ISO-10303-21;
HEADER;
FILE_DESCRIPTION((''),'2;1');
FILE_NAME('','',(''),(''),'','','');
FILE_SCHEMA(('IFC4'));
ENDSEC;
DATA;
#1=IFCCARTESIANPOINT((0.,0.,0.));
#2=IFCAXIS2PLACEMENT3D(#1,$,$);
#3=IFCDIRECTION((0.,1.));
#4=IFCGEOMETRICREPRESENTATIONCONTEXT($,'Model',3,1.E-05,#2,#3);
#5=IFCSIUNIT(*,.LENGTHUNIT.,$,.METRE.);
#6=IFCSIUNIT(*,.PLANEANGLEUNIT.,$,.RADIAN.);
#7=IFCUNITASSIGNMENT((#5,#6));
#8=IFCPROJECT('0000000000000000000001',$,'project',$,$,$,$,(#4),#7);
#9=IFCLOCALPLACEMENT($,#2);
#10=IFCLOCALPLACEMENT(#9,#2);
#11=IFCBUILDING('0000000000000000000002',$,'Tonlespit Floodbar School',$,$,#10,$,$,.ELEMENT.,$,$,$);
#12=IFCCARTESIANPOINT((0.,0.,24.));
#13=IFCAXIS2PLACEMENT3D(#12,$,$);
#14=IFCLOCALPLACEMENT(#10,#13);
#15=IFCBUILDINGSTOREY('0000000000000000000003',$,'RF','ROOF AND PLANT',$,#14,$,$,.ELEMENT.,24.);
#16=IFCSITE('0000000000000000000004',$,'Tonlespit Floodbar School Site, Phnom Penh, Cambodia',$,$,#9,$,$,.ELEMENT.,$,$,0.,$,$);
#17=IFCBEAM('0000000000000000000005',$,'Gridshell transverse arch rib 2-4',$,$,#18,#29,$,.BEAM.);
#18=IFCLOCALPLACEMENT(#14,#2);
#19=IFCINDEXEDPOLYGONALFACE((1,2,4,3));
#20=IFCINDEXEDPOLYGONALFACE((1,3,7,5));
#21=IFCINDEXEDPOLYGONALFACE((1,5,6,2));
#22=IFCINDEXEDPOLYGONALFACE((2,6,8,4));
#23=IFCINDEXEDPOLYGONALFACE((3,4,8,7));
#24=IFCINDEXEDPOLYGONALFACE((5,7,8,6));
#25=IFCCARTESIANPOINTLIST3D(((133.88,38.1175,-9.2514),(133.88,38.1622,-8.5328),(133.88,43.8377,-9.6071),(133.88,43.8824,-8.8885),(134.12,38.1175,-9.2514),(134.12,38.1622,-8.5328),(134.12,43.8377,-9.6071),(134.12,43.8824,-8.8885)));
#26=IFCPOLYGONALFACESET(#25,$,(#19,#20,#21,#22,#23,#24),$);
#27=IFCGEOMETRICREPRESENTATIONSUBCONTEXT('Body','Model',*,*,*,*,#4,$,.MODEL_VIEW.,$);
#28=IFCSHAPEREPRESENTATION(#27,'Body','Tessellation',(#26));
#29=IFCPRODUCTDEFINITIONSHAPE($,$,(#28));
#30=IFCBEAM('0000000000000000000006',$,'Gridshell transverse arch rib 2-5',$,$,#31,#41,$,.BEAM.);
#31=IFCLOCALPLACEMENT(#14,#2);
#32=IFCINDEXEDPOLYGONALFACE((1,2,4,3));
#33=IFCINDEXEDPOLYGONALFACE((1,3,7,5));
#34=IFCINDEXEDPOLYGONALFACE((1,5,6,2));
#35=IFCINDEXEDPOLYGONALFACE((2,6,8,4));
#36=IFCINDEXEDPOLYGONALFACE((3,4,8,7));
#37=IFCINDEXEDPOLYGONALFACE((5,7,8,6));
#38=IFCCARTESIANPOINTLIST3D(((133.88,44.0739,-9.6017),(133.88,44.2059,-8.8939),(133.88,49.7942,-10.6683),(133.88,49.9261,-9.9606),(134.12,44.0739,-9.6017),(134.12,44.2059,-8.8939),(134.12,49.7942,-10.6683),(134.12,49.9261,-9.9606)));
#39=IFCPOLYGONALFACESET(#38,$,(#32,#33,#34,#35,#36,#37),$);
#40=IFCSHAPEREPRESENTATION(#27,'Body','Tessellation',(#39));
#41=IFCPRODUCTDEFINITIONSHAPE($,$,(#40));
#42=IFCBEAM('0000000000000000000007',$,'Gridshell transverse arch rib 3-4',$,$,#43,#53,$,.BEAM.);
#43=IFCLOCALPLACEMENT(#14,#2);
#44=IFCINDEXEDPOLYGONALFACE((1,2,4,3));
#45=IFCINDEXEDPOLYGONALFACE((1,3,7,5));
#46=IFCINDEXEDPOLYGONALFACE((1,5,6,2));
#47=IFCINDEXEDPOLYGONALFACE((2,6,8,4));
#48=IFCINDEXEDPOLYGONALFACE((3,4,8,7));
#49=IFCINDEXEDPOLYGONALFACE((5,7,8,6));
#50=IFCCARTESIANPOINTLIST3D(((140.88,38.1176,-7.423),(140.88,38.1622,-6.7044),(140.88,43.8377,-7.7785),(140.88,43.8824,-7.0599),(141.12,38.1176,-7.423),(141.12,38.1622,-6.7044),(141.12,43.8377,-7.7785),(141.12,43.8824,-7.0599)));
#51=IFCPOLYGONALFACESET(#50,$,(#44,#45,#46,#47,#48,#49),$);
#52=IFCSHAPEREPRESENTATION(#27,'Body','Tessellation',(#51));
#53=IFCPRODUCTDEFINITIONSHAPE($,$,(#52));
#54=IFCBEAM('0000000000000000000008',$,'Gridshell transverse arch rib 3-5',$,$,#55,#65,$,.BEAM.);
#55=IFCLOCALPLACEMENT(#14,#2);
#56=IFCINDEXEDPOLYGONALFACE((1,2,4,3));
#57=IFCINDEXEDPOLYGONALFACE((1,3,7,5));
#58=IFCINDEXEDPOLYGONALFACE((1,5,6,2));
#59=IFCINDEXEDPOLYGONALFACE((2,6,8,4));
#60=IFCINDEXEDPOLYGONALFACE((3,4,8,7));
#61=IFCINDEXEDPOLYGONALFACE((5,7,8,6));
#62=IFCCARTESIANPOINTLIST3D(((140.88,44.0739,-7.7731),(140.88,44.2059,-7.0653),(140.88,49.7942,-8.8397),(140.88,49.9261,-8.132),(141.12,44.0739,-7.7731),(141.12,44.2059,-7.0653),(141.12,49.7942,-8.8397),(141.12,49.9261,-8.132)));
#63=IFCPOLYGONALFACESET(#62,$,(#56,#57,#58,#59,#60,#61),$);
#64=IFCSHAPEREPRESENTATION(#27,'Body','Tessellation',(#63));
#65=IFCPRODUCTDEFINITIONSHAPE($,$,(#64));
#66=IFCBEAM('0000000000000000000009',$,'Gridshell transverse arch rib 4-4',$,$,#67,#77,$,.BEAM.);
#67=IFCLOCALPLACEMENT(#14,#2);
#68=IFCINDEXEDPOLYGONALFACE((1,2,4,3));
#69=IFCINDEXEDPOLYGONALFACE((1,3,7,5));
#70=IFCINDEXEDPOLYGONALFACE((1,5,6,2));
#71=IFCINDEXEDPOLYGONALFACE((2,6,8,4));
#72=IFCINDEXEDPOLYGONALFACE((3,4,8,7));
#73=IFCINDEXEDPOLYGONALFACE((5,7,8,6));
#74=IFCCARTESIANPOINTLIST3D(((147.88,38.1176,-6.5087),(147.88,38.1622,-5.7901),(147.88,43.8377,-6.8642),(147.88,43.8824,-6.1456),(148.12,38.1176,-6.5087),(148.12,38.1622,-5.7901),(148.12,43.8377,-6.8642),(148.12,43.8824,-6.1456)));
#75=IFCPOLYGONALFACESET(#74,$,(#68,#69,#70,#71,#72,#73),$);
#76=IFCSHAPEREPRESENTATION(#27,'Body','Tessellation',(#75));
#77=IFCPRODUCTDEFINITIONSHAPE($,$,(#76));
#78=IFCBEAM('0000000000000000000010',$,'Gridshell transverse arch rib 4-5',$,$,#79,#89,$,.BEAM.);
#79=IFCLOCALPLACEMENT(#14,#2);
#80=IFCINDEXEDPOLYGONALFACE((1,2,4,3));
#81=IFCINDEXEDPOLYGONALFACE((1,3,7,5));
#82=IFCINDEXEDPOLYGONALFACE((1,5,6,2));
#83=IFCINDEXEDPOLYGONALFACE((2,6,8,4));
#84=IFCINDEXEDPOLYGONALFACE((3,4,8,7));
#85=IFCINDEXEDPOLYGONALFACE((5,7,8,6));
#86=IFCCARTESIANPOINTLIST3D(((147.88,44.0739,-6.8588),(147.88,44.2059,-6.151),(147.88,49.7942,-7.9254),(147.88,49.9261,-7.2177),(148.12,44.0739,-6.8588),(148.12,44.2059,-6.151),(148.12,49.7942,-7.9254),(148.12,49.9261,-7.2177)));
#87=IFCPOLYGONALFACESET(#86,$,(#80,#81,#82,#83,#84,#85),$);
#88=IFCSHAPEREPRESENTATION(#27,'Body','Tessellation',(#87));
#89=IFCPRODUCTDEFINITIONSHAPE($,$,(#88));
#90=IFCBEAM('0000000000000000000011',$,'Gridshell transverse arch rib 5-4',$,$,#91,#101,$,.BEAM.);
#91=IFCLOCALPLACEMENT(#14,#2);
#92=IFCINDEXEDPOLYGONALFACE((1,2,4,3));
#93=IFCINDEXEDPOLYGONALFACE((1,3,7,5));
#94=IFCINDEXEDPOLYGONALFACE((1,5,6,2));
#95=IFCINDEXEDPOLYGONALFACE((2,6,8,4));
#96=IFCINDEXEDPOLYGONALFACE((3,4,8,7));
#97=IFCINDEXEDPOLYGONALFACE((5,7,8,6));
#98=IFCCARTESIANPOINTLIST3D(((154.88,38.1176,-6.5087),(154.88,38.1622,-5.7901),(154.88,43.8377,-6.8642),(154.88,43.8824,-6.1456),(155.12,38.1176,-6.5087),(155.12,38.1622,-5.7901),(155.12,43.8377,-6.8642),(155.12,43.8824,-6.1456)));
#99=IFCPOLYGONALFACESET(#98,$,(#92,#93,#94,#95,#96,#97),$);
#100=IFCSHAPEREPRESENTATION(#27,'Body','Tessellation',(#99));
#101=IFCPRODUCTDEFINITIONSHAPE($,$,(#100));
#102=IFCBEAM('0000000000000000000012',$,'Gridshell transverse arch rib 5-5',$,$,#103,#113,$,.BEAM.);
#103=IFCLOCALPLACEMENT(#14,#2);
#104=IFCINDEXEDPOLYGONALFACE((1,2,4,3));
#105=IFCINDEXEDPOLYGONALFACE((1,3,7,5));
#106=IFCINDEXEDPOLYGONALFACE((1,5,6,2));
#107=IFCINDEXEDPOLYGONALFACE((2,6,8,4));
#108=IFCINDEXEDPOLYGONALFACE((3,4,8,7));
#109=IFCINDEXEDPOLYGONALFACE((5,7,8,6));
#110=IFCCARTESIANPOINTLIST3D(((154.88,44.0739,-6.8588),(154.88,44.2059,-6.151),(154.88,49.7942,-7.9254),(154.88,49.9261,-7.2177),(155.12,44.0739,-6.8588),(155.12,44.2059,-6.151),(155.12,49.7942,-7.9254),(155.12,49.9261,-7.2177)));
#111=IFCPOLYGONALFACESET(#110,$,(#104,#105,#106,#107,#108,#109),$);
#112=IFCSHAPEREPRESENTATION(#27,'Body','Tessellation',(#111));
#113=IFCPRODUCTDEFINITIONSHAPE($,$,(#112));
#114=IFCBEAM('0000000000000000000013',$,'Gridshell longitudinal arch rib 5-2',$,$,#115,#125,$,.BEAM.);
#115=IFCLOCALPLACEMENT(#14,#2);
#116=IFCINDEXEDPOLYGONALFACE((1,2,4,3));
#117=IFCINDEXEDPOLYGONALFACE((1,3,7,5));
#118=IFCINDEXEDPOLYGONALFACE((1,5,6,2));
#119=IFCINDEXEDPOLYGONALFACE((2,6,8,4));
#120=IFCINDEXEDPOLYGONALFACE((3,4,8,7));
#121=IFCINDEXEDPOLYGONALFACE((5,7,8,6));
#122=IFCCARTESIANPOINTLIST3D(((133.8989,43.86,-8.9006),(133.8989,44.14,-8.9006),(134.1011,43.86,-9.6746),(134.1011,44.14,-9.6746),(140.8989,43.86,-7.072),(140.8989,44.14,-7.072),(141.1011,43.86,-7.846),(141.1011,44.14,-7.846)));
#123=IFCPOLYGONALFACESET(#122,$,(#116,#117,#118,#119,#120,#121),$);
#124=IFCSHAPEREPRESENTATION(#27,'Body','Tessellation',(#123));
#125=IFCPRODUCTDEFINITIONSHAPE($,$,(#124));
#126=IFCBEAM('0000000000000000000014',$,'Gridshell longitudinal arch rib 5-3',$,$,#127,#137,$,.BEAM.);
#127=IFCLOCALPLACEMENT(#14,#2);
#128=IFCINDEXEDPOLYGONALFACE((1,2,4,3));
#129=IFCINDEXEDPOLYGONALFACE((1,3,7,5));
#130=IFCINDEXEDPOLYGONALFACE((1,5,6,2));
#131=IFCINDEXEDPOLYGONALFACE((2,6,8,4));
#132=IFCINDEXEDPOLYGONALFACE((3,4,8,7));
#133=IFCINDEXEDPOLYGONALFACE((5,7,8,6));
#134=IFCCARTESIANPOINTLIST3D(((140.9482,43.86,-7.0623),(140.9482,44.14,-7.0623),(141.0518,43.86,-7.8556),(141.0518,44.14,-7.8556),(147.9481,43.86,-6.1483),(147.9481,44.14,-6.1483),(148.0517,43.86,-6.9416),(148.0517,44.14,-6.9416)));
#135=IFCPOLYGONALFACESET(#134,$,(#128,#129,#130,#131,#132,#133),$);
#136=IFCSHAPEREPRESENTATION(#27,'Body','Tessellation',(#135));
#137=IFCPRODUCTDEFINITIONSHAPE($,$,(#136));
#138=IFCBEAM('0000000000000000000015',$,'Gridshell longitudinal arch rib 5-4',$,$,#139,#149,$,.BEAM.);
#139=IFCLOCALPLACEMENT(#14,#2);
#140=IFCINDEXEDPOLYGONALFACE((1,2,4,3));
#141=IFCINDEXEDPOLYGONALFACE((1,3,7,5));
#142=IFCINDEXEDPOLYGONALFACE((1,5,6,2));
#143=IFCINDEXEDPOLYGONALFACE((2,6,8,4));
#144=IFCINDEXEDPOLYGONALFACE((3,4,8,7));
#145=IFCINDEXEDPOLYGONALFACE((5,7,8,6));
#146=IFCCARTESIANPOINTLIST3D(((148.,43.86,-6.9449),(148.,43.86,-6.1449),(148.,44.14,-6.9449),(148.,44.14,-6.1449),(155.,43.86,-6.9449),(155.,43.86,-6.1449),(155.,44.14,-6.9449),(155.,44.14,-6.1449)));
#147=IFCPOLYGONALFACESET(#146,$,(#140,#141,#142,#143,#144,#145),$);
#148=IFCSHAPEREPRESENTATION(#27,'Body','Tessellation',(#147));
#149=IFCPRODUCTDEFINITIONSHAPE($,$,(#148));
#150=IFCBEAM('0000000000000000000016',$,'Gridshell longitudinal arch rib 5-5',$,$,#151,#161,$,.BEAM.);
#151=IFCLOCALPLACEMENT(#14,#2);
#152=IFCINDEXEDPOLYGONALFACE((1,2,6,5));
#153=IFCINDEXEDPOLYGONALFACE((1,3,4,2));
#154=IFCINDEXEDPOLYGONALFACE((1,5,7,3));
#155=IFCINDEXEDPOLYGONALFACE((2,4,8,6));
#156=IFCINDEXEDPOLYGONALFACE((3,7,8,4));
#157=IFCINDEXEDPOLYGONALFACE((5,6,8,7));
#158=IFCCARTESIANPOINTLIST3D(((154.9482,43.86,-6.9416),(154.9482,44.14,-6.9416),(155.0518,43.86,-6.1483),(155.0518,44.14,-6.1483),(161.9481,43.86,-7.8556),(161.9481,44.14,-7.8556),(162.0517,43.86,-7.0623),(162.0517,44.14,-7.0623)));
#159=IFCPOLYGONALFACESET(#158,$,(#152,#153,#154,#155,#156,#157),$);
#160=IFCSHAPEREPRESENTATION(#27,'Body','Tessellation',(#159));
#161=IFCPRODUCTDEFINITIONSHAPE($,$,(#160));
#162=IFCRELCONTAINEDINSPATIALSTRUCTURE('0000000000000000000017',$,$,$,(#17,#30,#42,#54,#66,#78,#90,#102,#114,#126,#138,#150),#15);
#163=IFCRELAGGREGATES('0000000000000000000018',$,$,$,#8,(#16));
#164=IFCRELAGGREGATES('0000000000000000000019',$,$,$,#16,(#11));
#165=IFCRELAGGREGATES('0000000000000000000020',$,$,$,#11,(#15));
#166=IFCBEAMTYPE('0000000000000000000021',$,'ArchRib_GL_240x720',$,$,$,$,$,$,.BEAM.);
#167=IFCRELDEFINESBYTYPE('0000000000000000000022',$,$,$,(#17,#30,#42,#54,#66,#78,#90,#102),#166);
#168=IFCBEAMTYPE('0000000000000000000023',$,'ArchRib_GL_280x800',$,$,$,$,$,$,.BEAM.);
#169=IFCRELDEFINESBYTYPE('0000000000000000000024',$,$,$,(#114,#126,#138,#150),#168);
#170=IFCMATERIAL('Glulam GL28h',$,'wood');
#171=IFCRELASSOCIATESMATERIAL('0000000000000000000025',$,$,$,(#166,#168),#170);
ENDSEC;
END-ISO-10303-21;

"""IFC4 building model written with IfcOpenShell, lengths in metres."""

from ifc_helpers import new_model, si_unit, direction, frame, origin, origin_2d, place, context, subcontext, project, spatial, rectangle, extrude, material, material_profile, profile_set, type_object, element, save


model = new_model("IFC4")

# Units and contexts
model_context = context("Model", 3, precision=1e-05, world=origin(), true_north=direction((0.0, 1.0)))
body_context = subcontext(model_context, "Body", "Model", "MODEL_VIEW")
ifc_project = project(units=[si_unit("LENGTHUNIT", "METRE"), si_unit("PLANEANGLEUNIT", "RADIAN")], contexts=[model_context])

# Site, building, storey
site_placement = place(None, origin())
site = spatial("IfcSite", under=ifc_project, at=site_placement, Name="Tonlespit Floodbar School Site, Phnom Penh, Cambodia", CompositionType="ELEMENT", RefElevation=0.0)
building_placement = place(site_placement, origin())
building = spatial("IfcBuilding", under=site, at=building_placement, Name="Tonlespit Floodbar School", CompositionType="ELEMENT")
storey_placement = place(building_placement, frame((0.0, 0.0, 24.0)))
storey = spatial("IfcBuildingStorey", under=building, at=storey_placement, Name="RF", Description="ROOF AND PLANT", CompositionType="ELEMENT", Elevation=24.0)

# Beams
ifc_material_1 = material(Name="Glulam GL28h", Category="wood")
ifc_material_profile_1 = material_profile(ifc_material_1, rectangle(XDim=0.24, YDim=0.72, at=origin_2d()), Name="GL 240x720")
ifc_profile_set_1 = profile_set([ifc_material_profile_1], Name="Glulam GL28h")
beam_type_1 = type_object("IfcBeamType", Name="ArchRib_GL_240x720", PredefinedType="BEAM", material=ifc_profile_set_1)
beam_1_placement = place(storey_placement, frame((134.0, 38.1399, -8.8921), z_axis=(0.0, 0.998072, -0.062065), x_axis=(-1.0, 0.0, 0.0)))
element("IfcBeam", 1, at=beam_1_placement, inside=storey, type_object=beam_type_1, Name="Gridshell transverse arch rib 2-4", PredefinedType="BEAM", context=body_context, shape_type="SweptSolid", body=[
    extrude(rectangle(XDim=0.24, YDim=0.72, at=origin_2d()), origin(), (0.0, 0.0, 1.0), 5.7312),
])
beam_2_placement = place(storey_placement, frame((134.0, 44.1399, -9.2478), z_axis=(0.0, 0.983055, -0.183311), x_axis=(-1.0, 0.0, 0.0)))
element("IfcBeam", 2, at=beam_2_placement, inside=storey, type_object=beam_type_1, Name="Gridshell transverse arch rib 2-5", PredefinedType="BEAM", context=body_context, shape_type="SweptSolid", body=[
    extrude(rectangle(XDim=0.24, YDim=0.72, at=origin_2d()), origin(), (0.0, 0.0, 1.0), 5.8188),
])
beam_3_placement = place(storey_placement, frame((141.0, 38.1399, -7.0637), z_axis=(0.0, 0.998075, -0.062023), x_axis=(-1.0, 0.0, 0.0)))
element("IfcBeam", 3, at=beam_3_placement, inside=storey, type_object=beam_type_1, Name="Gridshell transverse arch rib 3-4", PredefinedType="BEAM", context=body_context, shape_type="SweptSolid", body=[
    extrude(rectangle(XDim=0.24, YDim=0.72, at=origin_2d()), origin(), (0.0, 0.0, 1.0), 5.7312),
])
beam_4_placement = place(storey_placement, frame((141.0, 44.1399, -7.4192), z_axis=(0.0, 0.983055, -0.183311), x_axis=(-1.0, 0.0, 0.0)))
element("IfcBeam", 4, at=beam_4_placement, inside=storey, type_object=beam_type_1, Name="Gridshell transverse arch rib 3-5", PredefinedType="BEAM", context=body_context, shape_type="SweptSolid", body=[
    extrude(rectangle(XDim=0.24, YDim=0.72, at=origin_2d()), origin(), (0.0, 0.0, 1.0), 5.8188),
])
beam_5_placement = place(storey_placement, frame((148.0, 38.1399, -6.1494), z_axis=(0.0, 0.998075, -0.062023), x_axis=(-1.0, 0.0, 0.0)))
element("IfcBeam", 5, at=beam_5_placement, inside=storey, type_object=beam_type_1, Name="Gridshell transverse arch rib 4-4", PredefinedType="BEAM", context=body_context, shape_type="SweptSolid", body=[
    extrude(rectangle(XDim=0.24, YDim=0.72, at=origin_2d()), origin(), (0.0, 0.0, 1.0), 5.7312),
])
beam_6_placement = place(storey_placement, frame((148.0, 44.1399, -6.5049), z_axis=(0.0, 0.983055, -0.183311), x_axis=(-1.0, 0.0, 0.0)))
element("IfcBeam", 6, at=beam_6_placement, inside=storey, type_object=beam_type_1, Name="Gridshell transverse arch rib 4-5", PredefinedType="BEAM", context=body_context, shape_type="SweptSolid", body=[
    extrude(rectangle(XDim=0.24, YDim=0.72, at=origin_2d()), origin(), (0.0, 0.0, 1.0), 5.8188),
])
beam_7_placement = place(storey_placement, frame((155.0, 38.1399, -6.1494), z_axis=(0.0, 0.998075, -0.062023), x_axis=(-1.0, 0.0, 0.0)))
element("IfcBeam", 7, at=beam_7_placement, inside=storey, type_object=beam_type_1, Name="Gridshell transverse arch rib 5-4", PredefinedType="BEAM", context=body_context, shape_type="SweptSolid", body=[
    extrude(rectangle(XDim=0.24, YDim=0.72, at=origin_2d()), origin(), (0.0, 0.0, 1.0), 5.7312),
])
beam_8_placement = place(storey_placement, frame((155.0, 44.1399, -6.5049), z_axis=(0.0, 0.983055, -0.183311), x_axis=(-1.0, 0.0, 0.0)))
element("IfcBeam", 8, at=beam_8_placement, inside=storey, type_object=beam_type_1, Name="Gridshell transverse arch rib 5-5", PredefinedType="BEAM", context=body_context, shape_type="SweptSolid", body=[
    extrude(rectangle(XDim=0.24, YDim=0.72, at=origin_2d()), origin(), (0.0, 0.0, 1.0), 5.8188),
])
ifc_material_profile_2 = material_profile(ifc_material_1, rectangle(XDim=0.28, YDim=0.8, at=origin_2d()), Name="GL 280x800")
ifc_profile_set_2 = profile_set([ifc_material_profile_2], Name="Glulam GL28h")
beam_type_2 = type_object("IfcBeamType", Name="ArchRib_GL_280x800", PredefinedType="BEAM", material=ifc_profile_set_2)
beam_9_placement = place(storey_placement, frame((134.0, 44.0, -9.2876), z_axis=(0.967532, 0.0, 0.252749), x_axis=(0.0, 1.0, 0.0)))
element("IfcBeam", 9, at=beam_9_placement, inside=storey, type_object=beam_type_2, Name="Gridshell longitudinal arch rib 5-2", PredefinedType="BEAM", context=body_context, shape_type="SweptSolid", body=[
    extrude(rectangle(XDim=0.28, YDim=0.8, at=origin_2d()), origin(), (0.0, 0.0, 1.0), 7.2349),
])
beam_10_placement = place(storey_placement, frame((141.0, 44.0, -7.459), z_axis=(0.991582, 0.0, 0.129481), x_axis=(0.0, 1.0, 0.0)))
element("IfcBeam", 10, at=beam_10_placement, inside=storey, type_object=beam_type_2, Name="Gridshell longitudinal arch rib 5-3", PredefinedType="BEAM", context=body_context, shape_type="SweptSolid", body=[
    extrude(rectangle(XDim=0.28, YDim=0.8, at=origin_2d()), origin(), (0.0, 0.0, 1.0), 7.0593),
])
beam_11_placement = place(storey_placement, frame((148.0, 44.0, -6.5449), z_axis=(1.0, 0.0, 0.0), x_axis=(0.0, 1.0, 0.0)))
element("IfcBeam", 11, at=beam_11_placement, inside=storey, type_object=beam_type_2, Name="Gridshell longitudinal arch rib 5-4", PredefinedType="BEAM", context=body_context, shape_type="SweptSolid", body=[
    extrude(rectangle(XDim=0.28, YDim=0.8, at=origin_2d()), origin(), (0.0, 0.0, 1.0), 7.0),
])
beam_12_placement = place(storey_placement, frame((155.0, 44.0, -6.5449), z_axis=(0.991582, 0.0, -0.129481), x_axis=(0.0, 1.0, 0.0)))
element("IfcBeam", 12, at=beam_12_placement, inside=storey, type_object=beam_type_2, Name="Gridshell longitudinal arch rib 5-5", PredefinedType="BEAM", context=body_context, shape_type="SweptSolid", body=[
    extrude(rectangle(XDim=0.28, YDim=0.8, at=origin_2d()), origin(), (0.0, 0.0, 1.0), 7.0593),
])

save(model, "model.ifc")
